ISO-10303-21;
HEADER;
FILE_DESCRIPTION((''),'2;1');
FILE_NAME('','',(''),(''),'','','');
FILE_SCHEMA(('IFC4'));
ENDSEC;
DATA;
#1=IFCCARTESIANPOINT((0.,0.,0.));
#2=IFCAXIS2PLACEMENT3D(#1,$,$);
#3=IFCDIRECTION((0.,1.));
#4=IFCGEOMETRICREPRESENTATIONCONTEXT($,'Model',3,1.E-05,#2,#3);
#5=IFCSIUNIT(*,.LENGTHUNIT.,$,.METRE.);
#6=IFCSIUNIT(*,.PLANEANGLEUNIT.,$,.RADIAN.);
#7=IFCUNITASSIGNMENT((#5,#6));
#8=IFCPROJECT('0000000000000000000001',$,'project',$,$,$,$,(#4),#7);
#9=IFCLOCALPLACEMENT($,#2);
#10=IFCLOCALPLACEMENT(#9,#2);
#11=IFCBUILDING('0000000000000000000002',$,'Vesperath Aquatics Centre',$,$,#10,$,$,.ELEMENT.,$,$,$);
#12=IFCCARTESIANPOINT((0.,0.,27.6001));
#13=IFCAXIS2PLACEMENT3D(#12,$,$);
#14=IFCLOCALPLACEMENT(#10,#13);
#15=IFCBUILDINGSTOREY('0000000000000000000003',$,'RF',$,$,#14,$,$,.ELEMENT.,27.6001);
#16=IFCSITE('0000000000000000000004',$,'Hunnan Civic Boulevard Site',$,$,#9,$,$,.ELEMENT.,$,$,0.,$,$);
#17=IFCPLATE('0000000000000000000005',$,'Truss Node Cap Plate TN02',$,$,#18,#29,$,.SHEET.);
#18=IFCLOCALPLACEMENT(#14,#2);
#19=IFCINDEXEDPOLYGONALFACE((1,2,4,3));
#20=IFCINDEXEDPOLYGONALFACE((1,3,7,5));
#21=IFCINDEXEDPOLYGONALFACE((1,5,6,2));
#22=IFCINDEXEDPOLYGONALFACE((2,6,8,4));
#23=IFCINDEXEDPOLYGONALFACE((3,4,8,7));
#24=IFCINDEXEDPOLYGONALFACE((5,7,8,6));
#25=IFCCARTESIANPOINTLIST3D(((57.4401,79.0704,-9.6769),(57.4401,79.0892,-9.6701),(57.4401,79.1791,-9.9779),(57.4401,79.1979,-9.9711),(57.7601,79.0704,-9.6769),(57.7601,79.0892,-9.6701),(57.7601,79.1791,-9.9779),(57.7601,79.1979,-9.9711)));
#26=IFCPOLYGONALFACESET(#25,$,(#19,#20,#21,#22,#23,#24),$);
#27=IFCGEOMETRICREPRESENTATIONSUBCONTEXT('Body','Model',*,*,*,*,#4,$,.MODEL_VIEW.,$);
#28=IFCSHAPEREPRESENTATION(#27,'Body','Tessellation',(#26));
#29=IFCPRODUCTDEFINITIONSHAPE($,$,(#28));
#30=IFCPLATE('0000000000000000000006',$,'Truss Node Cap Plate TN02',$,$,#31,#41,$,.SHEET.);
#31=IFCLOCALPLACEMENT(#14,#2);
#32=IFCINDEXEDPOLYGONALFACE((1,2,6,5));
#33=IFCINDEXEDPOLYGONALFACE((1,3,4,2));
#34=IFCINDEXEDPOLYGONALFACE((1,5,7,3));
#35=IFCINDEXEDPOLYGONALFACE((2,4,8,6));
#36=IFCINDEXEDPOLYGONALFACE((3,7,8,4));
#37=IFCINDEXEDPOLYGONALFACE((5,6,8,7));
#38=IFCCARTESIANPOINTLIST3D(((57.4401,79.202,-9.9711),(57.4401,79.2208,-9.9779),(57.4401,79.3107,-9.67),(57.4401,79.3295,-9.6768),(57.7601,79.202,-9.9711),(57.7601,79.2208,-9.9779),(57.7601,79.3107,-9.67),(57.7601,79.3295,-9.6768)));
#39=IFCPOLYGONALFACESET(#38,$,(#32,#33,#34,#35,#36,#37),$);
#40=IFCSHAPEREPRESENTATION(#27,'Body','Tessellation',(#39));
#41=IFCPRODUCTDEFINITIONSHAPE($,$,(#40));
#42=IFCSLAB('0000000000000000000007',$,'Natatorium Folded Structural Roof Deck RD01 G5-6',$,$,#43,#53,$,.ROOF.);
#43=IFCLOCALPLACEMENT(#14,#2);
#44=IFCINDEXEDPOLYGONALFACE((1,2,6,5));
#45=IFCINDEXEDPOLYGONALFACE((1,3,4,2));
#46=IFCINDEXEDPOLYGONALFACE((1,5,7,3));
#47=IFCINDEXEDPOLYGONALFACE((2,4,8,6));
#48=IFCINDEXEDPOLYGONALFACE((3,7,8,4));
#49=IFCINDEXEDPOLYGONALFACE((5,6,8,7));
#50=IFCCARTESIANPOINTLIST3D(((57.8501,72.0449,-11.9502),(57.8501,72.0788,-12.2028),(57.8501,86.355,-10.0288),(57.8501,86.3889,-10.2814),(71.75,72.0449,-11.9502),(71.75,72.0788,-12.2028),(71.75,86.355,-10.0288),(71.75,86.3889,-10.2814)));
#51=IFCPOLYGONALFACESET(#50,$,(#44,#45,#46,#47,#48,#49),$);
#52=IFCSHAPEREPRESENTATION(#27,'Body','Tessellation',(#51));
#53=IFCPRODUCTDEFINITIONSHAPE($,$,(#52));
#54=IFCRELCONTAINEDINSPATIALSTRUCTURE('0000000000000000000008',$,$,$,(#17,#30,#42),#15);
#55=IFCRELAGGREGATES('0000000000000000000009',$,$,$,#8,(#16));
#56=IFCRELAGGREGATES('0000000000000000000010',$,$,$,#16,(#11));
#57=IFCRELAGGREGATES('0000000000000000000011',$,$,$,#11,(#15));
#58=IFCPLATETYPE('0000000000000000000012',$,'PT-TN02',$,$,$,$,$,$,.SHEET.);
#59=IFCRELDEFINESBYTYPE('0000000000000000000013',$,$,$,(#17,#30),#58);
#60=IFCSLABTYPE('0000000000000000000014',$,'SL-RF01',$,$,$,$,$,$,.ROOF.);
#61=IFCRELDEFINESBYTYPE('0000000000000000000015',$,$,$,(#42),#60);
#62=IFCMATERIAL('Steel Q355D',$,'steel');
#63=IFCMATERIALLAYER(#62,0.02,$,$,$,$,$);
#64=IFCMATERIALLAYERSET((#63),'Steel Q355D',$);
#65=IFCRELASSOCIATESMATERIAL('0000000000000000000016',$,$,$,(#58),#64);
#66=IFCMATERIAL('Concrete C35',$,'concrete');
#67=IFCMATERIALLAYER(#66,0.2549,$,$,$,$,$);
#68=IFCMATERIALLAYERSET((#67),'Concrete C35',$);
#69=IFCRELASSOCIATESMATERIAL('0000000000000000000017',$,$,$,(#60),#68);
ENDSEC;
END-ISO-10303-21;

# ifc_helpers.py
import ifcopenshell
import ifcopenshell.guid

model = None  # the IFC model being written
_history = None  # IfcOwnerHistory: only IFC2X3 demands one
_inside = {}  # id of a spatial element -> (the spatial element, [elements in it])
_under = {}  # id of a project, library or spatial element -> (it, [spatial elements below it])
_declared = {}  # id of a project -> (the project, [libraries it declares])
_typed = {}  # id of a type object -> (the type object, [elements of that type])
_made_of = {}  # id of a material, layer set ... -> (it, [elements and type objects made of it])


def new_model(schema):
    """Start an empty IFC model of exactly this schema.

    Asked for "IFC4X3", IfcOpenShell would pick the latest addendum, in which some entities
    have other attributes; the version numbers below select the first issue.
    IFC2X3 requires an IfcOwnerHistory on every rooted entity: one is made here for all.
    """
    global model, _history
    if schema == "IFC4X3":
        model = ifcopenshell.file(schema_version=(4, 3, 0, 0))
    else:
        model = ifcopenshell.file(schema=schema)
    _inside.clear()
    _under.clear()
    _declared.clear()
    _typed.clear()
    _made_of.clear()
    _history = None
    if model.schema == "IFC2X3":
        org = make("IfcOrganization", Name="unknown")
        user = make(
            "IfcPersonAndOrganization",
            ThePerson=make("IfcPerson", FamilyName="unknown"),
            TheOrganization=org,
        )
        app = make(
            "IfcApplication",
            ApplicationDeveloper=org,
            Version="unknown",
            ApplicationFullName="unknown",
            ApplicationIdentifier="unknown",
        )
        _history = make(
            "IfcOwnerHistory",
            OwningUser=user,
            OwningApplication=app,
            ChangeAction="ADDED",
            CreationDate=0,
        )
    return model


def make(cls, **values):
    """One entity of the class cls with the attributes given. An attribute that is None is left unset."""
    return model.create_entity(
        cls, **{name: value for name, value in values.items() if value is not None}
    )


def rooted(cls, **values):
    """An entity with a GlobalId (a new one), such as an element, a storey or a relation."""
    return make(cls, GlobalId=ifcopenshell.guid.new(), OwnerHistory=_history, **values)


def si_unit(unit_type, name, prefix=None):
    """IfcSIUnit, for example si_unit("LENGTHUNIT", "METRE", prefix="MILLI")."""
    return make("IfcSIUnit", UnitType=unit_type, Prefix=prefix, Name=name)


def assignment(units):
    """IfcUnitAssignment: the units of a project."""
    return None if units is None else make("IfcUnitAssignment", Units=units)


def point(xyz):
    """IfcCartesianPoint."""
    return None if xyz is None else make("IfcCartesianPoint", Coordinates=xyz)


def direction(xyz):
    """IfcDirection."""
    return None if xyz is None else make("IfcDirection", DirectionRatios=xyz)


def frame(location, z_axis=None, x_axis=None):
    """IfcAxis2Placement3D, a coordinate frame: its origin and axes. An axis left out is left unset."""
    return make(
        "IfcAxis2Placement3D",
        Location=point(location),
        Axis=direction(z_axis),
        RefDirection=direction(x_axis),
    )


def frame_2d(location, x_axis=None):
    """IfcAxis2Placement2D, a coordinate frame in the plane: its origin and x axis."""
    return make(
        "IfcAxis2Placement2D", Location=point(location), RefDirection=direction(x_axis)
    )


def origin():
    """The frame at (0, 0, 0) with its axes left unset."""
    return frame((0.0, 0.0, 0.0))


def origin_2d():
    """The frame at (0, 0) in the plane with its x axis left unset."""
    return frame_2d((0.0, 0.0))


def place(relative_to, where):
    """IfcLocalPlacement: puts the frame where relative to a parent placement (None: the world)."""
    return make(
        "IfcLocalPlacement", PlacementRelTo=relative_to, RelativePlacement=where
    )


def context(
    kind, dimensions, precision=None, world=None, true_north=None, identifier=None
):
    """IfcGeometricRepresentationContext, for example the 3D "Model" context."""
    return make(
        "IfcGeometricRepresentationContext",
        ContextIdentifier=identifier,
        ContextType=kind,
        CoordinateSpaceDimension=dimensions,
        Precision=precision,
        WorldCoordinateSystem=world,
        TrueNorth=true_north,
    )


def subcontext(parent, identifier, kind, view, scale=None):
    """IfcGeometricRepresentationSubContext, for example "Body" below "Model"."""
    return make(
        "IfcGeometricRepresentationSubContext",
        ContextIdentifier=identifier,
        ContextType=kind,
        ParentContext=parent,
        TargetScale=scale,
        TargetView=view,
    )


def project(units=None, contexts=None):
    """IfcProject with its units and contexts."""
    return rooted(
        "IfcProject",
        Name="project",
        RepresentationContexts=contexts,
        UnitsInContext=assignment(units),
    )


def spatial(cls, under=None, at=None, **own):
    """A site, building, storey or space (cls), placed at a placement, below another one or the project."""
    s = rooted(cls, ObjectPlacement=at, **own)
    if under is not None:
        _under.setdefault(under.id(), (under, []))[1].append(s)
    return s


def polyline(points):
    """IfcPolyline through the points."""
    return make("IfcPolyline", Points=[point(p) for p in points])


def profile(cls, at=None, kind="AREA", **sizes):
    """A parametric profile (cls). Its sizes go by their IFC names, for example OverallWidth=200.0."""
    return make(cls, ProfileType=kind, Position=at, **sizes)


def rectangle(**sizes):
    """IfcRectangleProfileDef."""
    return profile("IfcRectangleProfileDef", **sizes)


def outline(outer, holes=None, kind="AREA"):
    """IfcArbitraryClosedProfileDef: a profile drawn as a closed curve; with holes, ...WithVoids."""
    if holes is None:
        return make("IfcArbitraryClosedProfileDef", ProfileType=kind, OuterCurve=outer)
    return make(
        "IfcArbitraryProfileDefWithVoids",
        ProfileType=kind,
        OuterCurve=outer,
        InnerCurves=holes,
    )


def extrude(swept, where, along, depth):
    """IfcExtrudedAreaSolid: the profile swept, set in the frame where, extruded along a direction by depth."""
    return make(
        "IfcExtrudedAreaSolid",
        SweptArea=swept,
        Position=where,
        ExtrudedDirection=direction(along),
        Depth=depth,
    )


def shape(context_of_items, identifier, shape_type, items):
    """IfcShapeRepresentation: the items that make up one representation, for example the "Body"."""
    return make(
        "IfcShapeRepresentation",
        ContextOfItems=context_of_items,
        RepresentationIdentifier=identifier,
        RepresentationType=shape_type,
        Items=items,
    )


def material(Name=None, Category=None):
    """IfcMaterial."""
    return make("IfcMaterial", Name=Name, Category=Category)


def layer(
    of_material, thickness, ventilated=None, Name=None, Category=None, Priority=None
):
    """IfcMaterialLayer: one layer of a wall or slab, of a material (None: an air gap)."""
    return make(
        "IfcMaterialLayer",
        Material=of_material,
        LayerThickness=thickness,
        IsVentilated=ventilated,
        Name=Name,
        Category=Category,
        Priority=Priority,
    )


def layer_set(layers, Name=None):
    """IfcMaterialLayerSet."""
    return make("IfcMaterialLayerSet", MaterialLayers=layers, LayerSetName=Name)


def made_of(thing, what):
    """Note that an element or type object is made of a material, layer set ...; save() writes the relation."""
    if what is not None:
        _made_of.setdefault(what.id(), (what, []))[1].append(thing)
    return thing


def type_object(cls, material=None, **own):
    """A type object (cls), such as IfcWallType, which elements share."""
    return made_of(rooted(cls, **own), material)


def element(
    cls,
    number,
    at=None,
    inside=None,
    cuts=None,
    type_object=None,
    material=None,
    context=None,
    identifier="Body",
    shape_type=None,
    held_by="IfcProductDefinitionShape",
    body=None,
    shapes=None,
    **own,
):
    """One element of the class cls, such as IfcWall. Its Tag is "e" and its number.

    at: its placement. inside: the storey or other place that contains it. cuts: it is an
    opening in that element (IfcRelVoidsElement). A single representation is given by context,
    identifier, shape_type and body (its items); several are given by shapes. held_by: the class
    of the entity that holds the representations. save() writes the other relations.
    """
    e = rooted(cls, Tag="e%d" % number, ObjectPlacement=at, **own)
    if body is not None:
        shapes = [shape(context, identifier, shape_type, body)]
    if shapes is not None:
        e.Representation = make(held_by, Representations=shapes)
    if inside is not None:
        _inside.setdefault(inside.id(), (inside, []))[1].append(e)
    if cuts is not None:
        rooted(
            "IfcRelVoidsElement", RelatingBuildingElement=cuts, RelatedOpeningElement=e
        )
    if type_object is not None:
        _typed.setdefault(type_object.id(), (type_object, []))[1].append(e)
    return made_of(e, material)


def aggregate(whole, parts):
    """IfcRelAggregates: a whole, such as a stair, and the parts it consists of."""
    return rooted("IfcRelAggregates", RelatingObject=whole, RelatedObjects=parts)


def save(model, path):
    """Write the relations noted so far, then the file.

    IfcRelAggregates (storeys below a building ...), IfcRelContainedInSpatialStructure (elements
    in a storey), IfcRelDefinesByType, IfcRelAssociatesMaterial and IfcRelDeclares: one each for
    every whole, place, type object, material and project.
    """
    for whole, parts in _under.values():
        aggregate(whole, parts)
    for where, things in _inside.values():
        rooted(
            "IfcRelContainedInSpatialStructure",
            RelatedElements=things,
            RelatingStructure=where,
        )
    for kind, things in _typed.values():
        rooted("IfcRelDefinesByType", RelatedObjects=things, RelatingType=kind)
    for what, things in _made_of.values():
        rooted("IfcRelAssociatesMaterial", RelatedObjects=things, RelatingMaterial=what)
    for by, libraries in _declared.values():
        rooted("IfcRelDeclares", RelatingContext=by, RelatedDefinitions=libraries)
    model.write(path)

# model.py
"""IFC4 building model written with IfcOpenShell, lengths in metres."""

from ifc_helpers import new_model, si_unit, direction, frame, origin, origin_2d, place, context, subcontext, project, spatial, polyline, rectangle, outline, extrude, material, layer, layer_set, type_object, element, save


model = new_model("IFC4")

# Units and contexts
model_context = context("Model", 3, precision=1e-05, world=origin(), true_north=direction((0.0, 1.0)))
body_context = subcontext(model_context, "Body", "Model", "MODEL_VIEW")
ifc_project = project(units=[si_unit("LENGTHUNIT", "METRE"), si_unit("PLANEANGLEUNIT", "RADIAN")], contexts=[model_context])

# Site, building, storey
site_placement = place(None, origin())
site = spatial("IfcSite", under=ifc_project, at=site_placement, Name="Hunnan Civic Boulevard Site", CompositionType="ELEMENT", RefElevation=0.0)
building_placement = place(site_placement, origin())
building = spatial("IfcBuilding", under=site, at=building_placement, Name="Vesperath Aquatics Centre", CompositionType="ELEMENT")
storey_placement = place(building_placement, frame((0.0, 0.0, 27.6001)))
storey = spatial("IfcBuildingStorey", under=building, at=storey_placement, Name="RF", CompositionType="ELEMENT", Elevation=27.6001)

# Shared definitions
ifc_material_1 = material(Name="Steel Q355D", Category="steel")

# Plates
ifc_layer_1 = layer(ifc_material_1, 0.02)
ifc_layer_set_1 = layer_set([ifc_layer_1], Name="Steel Q355D")
plate_type_1 = type_object("IfcPlateType", Name="PT-TN02", PredefinedType="SHEET", material=ifc_layer_set_1)
for number, where, z_axis, x_axis, name in (
    (1, (57.6001, 79.1248, -9.8274), (0.0, 0.940554, 0.339644), (-1.0, 0.0, 0.0), "Truss Node Cap Plate TN02"),
    (2, (57.6001, 79.2563, -9.8206), (0.0, 0.940554, -0.339644), (-1.0, 0.0, 0.0), "Truss Node Cap Plate TN02"),
):
    element("IfcPlate", number, at=place(storey_placement, frame(where, z_axis=z_axis, x_axis=x_axis)), inside=storey, type_object=plate_type_1, Name=name, PredefinedType="SHEET", context=body_context, shape_type="SweptSolid", body=[
        extrude(rectangle(XDim=0.3201, YDim=0.3201, at=origin_2d()), origin(), (0.0, 0.0, 1.0), 0.02),
    ])

# Slab
ifc_material_2 = material(Name="Concrete C35", Category="concrete")
ifc_layer_2 = layer(ifc_material_2, 0.2549)
ifc_layer_set_2 = layer_set([ifc_layer_2], Name="Concrete C35")
slab_type = type_object("IfcSlabType", Name="SL-RF01", PredefinedType="ROOF", material=ifc_layer_set_2)
slab_placement = place(storey_placement, frame((57.8501, 72.0449, -11.9502), z_axis=(0.0, -0.133074, 0.991106), x_axis=(1.0, 0.0, 0.0)))
element("IfcSlab", 3, at=slab_placement, inside=storey, type_object=slab_type, Name="Natatorium Folded Structural Roof Deck RD01 G5-6", PredefinedType="ROOF", context=body_context, shape_type="SweptSolid", body=[
    extrude(outline(polyline([(0.0, 0.0), (13.8999, 0.0), (13.8999, 14.4385), (0.0, 14.4385), (0.0, 0.0)])), origin(), (0.0, 0.0, -1.0), 0.2549),
])

save(model, "model.ifc")
